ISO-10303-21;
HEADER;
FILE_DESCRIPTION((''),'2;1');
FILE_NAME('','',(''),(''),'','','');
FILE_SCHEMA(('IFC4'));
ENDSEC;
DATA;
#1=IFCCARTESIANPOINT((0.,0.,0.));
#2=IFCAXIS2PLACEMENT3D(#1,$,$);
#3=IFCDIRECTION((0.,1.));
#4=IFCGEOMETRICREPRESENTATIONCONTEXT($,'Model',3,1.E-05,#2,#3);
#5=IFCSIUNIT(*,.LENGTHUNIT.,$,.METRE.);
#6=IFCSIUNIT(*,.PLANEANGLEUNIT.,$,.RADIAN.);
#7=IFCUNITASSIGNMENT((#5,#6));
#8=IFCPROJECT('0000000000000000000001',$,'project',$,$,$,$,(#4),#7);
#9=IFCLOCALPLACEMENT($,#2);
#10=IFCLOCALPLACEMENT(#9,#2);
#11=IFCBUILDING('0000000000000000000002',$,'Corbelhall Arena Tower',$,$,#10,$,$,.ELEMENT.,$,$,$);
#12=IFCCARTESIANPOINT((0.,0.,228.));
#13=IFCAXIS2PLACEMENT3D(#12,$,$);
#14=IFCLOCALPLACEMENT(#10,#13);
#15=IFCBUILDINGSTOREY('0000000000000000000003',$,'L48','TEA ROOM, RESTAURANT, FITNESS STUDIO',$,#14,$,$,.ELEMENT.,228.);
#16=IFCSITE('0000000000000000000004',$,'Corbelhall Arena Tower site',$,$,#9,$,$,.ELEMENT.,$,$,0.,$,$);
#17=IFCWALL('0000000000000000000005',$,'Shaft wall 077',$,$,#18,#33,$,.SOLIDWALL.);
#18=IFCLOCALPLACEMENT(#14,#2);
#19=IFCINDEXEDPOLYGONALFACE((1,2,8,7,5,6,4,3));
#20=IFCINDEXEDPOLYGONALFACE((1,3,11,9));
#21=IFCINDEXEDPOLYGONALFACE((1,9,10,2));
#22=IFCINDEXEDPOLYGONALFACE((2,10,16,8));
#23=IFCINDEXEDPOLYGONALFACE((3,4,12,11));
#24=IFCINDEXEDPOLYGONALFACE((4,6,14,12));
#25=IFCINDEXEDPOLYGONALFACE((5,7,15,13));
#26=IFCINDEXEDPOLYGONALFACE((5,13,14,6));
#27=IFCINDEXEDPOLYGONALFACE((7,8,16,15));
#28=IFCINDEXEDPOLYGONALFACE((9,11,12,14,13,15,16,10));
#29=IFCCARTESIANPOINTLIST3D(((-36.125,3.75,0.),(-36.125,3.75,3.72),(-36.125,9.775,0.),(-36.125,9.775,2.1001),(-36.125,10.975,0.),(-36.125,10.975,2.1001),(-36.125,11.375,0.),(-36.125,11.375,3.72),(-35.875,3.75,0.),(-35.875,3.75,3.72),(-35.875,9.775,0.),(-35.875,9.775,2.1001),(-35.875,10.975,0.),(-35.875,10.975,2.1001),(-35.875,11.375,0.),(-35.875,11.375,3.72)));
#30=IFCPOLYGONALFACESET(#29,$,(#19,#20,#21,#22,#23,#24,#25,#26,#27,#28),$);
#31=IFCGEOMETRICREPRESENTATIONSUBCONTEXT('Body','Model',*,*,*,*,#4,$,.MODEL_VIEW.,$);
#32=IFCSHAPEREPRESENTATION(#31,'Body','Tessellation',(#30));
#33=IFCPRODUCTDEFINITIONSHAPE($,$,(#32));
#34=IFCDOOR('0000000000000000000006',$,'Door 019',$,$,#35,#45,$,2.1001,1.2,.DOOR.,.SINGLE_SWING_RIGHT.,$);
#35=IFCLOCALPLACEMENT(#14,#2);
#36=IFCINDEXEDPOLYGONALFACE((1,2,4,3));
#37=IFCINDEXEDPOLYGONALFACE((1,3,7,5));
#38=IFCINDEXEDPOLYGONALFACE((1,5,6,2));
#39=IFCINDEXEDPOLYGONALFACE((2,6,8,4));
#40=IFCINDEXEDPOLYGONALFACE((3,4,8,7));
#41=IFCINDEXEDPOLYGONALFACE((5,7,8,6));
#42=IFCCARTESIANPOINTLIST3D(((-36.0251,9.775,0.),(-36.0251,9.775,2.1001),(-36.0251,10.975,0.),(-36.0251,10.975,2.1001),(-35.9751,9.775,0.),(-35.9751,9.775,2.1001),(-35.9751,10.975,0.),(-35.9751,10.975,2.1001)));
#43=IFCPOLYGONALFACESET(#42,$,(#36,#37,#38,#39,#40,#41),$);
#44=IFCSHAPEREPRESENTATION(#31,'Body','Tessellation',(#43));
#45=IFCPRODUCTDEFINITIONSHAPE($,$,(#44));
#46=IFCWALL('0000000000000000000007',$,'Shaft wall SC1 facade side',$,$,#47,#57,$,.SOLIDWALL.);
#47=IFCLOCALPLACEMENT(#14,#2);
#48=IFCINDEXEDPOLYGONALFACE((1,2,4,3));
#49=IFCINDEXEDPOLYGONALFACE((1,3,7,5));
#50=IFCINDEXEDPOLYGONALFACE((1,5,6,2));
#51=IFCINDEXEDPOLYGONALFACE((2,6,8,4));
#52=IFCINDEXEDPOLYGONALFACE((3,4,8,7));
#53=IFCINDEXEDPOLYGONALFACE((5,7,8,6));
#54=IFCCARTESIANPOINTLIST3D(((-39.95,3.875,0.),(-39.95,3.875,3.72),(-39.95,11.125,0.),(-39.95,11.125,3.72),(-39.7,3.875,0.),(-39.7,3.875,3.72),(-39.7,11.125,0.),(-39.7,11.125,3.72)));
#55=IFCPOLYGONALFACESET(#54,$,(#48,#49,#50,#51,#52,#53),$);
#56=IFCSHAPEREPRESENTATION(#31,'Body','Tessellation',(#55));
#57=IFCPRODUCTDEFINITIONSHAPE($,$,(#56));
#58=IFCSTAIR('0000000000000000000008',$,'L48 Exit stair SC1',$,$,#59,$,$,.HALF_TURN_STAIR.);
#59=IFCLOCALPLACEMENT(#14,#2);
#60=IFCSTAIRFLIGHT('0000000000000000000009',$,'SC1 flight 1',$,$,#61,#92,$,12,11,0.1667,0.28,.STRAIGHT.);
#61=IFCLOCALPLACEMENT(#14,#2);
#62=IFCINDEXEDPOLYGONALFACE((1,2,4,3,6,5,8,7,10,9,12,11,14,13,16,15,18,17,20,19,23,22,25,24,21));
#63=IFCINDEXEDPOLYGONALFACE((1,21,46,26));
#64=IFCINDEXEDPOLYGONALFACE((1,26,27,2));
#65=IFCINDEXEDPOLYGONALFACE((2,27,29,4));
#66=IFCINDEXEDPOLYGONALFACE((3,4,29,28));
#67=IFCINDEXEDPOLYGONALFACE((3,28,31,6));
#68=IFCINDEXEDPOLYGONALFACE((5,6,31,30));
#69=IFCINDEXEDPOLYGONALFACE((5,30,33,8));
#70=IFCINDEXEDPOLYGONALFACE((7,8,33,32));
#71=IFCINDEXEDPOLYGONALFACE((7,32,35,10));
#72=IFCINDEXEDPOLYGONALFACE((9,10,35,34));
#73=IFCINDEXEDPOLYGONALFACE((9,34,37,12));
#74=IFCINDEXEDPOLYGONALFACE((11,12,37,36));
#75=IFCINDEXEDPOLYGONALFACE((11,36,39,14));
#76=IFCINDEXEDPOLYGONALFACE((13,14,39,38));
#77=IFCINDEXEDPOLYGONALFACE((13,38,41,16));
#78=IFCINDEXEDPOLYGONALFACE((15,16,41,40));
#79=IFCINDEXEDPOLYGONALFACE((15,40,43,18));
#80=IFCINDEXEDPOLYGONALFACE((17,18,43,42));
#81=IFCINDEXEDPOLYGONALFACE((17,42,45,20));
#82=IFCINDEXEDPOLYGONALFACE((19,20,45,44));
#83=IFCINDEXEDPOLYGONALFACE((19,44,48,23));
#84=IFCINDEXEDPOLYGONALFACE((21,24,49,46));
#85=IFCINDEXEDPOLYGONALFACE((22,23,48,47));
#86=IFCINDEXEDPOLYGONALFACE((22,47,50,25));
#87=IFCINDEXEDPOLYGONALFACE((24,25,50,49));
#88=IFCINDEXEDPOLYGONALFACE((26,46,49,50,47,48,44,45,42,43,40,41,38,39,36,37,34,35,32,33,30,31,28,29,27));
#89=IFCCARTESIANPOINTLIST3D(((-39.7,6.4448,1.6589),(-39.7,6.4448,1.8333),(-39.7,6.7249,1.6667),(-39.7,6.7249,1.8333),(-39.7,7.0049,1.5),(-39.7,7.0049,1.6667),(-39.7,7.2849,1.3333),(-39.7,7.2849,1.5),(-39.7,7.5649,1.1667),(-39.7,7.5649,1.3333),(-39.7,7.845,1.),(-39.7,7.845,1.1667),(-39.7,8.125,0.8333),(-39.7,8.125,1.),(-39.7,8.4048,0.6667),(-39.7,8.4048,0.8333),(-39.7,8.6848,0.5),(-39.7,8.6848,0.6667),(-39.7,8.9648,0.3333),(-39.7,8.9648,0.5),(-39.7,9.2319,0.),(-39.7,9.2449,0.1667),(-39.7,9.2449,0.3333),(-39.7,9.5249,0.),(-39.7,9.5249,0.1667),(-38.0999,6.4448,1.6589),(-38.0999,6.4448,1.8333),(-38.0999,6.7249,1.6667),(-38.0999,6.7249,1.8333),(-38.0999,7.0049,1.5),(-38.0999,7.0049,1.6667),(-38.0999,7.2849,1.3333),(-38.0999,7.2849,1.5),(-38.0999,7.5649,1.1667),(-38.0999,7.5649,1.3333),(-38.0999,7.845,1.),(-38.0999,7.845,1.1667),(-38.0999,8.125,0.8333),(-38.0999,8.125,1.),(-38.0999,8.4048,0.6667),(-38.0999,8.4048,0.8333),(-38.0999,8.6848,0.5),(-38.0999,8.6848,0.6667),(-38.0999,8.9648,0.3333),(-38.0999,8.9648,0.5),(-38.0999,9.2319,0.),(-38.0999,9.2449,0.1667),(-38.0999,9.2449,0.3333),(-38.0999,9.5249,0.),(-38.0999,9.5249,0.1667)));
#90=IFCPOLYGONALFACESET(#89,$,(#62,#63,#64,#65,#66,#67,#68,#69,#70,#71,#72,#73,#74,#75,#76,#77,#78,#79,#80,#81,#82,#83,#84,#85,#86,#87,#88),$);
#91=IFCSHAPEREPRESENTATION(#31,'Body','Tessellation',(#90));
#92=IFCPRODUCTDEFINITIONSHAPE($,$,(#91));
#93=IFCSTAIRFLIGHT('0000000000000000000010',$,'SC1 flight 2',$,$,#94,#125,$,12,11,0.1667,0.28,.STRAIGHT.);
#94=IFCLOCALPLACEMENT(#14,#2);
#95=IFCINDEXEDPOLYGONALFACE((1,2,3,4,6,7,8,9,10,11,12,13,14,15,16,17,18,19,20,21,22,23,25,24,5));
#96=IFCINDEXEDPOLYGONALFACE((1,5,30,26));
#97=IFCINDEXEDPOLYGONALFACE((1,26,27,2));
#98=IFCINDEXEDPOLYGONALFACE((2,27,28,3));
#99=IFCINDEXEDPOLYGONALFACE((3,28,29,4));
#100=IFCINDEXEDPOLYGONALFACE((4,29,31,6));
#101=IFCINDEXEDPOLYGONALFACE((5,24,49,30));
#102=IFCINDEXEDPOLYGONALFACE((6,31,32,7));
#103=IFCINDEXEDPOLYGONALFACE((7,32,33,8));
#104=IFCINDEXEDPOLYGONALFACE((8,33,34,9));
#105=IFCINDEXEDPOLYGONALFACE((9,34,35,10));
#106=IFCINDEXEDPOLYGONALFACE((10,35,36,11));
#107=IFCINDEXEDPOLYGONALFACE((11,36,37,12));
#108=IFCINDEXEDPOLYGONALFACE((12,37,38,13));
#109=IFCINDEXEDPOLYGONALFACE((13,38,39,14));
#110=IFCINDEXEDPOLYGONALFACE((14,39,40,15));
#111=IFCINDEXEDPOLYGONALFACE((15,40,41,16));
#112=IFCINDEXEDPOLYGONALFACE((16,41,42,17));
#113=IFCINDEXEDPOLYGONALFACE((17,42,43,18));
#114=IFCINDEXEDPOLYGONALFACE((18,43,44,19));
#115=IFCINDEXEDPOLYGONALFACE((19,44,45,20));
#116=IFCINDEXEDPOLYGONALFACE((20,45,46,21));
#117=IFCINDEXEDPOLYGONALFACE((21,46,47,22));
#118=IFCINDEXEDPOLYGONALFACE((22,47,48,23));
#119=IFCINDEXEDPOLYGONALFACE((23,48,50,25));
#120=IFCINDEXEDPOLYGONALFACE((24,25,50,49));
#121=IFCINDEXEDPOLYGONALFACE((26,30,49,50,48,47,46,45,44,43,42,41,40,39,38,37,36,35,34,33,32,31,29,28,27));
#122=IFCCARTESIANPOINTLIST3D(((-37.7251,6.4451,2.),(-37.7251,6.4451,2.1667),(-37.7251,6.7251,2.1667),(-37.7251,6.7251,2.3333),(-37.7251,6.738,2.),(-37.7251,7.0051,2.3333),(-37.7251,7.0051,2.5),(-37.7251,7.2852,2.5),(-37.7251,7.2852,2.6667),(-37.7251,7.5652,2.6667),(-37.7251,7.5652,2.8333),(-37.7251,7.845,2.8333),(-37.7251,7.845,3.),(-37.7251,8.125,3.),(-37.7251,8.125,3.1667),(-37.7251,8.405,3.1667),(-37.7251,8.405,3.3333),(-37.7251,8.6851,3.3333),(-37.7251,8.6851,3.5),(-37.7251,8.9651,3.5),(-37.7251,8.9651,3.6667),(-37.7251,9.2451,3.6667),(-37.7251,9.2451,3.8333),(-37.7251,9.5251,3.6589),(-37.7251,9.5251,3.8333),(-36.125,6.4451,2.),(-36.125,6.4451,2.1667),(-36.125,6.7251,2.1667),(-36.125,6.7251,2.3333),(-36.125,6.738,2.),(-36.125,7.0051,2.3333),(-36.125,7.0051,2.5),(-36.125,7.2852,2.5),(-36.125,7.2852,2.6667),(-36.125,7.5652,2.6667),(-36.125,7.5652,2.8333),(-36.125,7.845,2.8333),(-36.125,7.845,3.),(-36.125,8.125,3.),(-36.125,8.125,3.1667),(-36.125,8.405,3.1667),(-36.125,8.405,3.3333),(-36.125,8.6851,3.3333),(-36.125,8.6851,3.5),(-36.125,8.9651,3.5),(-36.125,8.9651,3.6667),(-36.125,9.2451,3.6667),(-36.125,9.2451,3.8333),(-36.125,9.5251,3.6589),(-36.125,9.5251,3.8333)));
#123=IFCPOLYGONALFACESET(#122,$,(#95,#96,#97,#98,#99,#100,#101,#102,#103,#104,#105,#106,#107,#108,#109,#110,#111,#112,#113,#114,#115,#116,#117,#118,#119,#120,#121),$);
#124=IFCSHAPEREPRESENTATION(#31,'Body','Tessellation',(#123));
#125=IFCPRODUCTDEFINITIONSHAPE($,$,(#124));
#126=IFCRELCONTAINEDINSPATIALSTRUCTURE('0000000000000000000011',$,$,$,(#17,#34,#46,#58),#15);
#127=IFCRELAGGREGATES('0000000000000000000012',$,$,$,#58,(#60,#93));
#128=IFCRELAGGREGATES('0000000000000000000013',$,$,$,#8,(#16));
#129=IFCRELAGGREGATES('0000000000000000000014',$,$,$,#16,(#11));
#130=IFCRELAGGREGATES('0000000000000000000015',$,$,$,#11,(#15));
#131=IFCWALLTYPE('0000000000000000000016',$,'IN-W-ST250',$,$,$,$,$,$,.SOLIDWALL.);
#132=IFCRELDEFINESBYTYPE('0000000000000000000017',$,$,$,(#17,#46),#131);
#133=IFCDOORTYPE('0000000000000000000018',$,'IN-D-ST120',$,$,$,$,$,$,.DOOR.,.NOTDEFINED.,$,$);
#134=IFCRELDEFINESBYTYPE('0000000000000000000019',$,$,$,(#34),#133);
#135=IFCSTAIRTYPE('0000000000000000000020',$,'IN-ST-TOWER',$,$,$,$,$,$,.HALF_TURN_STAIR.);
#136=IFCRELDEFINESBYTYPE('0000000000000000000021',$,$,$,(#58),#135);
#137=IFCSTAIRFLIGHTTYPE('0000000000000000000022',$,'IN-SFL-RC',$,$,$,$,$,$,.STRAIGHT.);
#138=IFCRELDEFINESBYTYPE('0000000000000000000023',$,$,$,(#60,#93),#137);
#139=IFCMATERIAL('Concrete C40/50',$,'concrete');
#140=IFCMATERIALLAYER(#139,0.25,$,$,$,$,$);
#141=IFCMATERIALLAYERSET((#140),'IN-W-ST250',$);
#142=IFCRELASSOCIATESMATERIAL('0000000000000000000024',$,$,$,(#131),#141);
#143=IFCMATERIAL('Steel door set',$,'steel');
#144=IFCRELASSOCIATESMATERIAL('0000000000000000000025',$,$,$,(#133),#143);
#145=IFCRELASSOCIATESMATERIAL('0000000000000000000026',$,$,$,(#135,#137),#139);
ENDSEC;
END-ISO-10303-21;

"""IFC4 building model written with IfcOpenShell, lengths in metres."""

from ifc_helpers import new_model, si_unit, direction, frame, frame_2d, origin, place, context, subcontext, project, spatial, polyline, rectangle, outline, extrude, material, layer, layer_set, type_object, element, fill, aggregate, save


model = new_model("IFC4")

# Units and contexts
model_context = context("Model", 3, precision=1e-05, world=origin(), true_north=direction((0.0, 1.0)))
body_context = subcontext(model_context, "Body", "Model", "MODEL_VIEW")
ifc_project = project(units=[si_unit("LENGTHUNIT", "METRE"), si_unit("PLANEANGLEUNIT", "RADIAN")], contexts=[model_context])

# Site, building, storey
site_placement = place(None, origin())
site = spatial("IfcSite", under=ifc_project, at=site_placement, Name="Corbelhall Arena Tower site", CompositionType="ELEMENT", RefElevation=0.0)
building_placement = place(site_placement, origin())
building = spatial("IfcBuilding", under=site, at=building_placement, Name="Corbelhall Arena Tower", CompositionType="ELEMENT")
storey_placement = place(building_placement, frame((0.0, 0.0, 228.0)))
storey = spatial("IfcBuildingStorey", under=building, at=storey_placement, Name="L48", Description="TEA ROOM, RESTAURANT, FITNESS STUDIO", CompositionType="ELEMENT", Elevation=228.0)

# Shared definitions
ifc_material_1 = material(Name="Steel door set", Category="steel")

# Shared definitions
ifc_material_2 = material(Name="Concrete C40/50", Category="concrete")
ifc_layer_1 = layer(ifc_material_2, 0.25)
ifc_layer_set_1 = layer_set([ifc_layer_1], Name="IN-W-ST250")
wall_type_1 = type_object("IfcWallType", Name="IN-W-ST250", PredefinedType="SOLIDWALL", material=ifc_layer_set_1)

# Wall, opening, door
wall_1_placement = place(storey_placement, frame((-36.0, 11.375, 0.0), z_axis=(0.0, 0.0, 1.0), x_axis=(0.0, -1.0, 0.0)))
wall_1 = element("IfcWall", 1, at=wall_1_placement, inside=storey, type_object=wall_type_1, Name="Shaft wall 077", PredefinedType="SOLIDWALL", context=body_context, shape_type="SweptSolid", body=[
    extrude(rectangle(XDim=7.625, YDim=0.25, at=frame_2d((3.8125, 0.0))), origin(), (0.0, 0.0, 1.0), 3.72),
])
opening_1_placement = place(wall_1_placement, frame((0.3999, 0.0, 0.0)))
opening_1 = element("IfcOpeningElement", 2, at=opening_1_placement, cuts=wall_1, PredefinedType="OPENING", context=body_context, shape_type="SweptSolid", body=[
    extrude(rectangle(XDim=1.2, YDim=2.1001, at=frame_2d((0.6001, 1.05))), frame((0.0, 0.125, 0.0), z_axis=(0.0, -1.0, 0.0), x_axis=(1.0, 0.0, 0.0)), (0.0, 0.0, 1.0), 0.25),
])
door_type_1 = type_object("IfcDoorType", Name="IN-D-ST120", OperationType="NOTDEFINED", PredefinedType="DOOR", material=ifc_material_1)
door_1_placement = place(opening_1_placement, origin())
door_1 = element("IfcDoor", 3, at=door_1_placement, inside=storey, type_object=door_type_1, Name="Door 019", OperationType="SINGLE_SWING_RIGHT", OverallHeight=2.1001, OverallWidth=1.2, PredefinedType="DOOR", context=body_context, shape_type="SweptSolid", body=[
    extrude(rectangle(XDim=1.2, YDim=2.1001, at=frame_2d((0.6001, 1.05))), frame((0.0, 0.0249, 0.0), z_axis=(0.0, -1.0, 0.0), x_axis=(1.0, 0.0, 0.0)), (0.0, 0.0, 1.0), 0.05),
])
fill(opening_1, door_1)

# Wall
wall_2_placement = place(storey_placement, frame((-39.825, 3.875, 0.0), z_axis=(0.0, 0.0, 1.0), x_axis=(0.0, 1.0, 0.0)))
element("IfcWall", 4, at=wall_2_placement, inside=storey, type_object=wall_type_1, Name="Shaft wall SC1 facade side", PredefinedType="SOLIDWALL", context=body_context, shape_type="SweptSolid", body=[
    extrude(rectangle(XDim=7.25, YDim=0.25, at=frame_2d((3.625, 0.0))), origin(), (0.0, 0.0, 1.0), 3.72),
])

# Stair, stair flights
stair_type = type_object("IfcStairType", Name="IN-ST-TOWER", PredefinedType="HALF_TURN_STAIR", material=ifc_material_2)
stair_placement = place(storey_placement, origin())
stair = element("IfcStair", 5, at=stair_placement, inside=storey, type_object=stair_type, Name="L48 Exit stair SC1", PredefinedType="HALF_TURN_STAIR")
stair_flight_type = type_object("IfcStairFlightType", Name="IN-SFL-RC", PredefinedType="STRAIGHT", material=ifc_material_2)
stair_flight_1_placement = place(storey_placement, frame((-38.8999, 9.5249, 0.0), z_axis=(0.0, 0.0, 1.0), x_axis=(0.0, -1.0, 0.0)))
stair_flight_1 = element("IfcStairFlight", 6, at=stair_flight_1_placement, type_object=stair_flight_type, Name="SC1 flight 1", NumberOfRisers=12, NumberOfTreads=11, PredefinedType="STRAIGHT", RiserHeight=0.1667, TreadLength=0.28, context=body_context, shape_type="SweptSolid", body=[
    extrude(outline(polyline([(0.0, 0.0), (0.0, 0.1667), (0.28, 0.1667), (0.28, 0.3333), (0.5601, 0.3333), (0.5601, 0.5), (0.8401, 0.5), (0.8401, 0.6667), (1.1201, 0.6667), (1.1201, 0.8333), (1.3999, 0.8333), (1.3999, 1.0), (1.6799, 1.0), (1.6799, 1.1667), (1.96, 1.1667), (1.96, 1.3333), (2.24, 1.3333), (2.24, 1.5), (2.52, 1.5), (2.52, 1.6667), (2.8, 1.6667), (2.8, 1.8333), (3.0801, 1.8333), (3.0801, 2.0), (3.0801, 1.6589), (0.293, 0.0), (0.0, 0.0)])), frame((0.0, 0.8, 0.0), z_axis=(0.0, -1.0, 0.0), x_axis=(1.0, 0.0, 0.0)), (0.0, 0.0, 1.0), 1.6001),
])
stair_flight_2_placement = place(storey_placement, frame((-36.925, 6.4451, 2.0), z_axis=(0.0, 0.0, 1.0), x_axis=(0.0, 1.0, 0.0)))
stair_flight_2 = element("IfcStairFlight", 7, at=stair_flight_2_placement, type_object=stair_flight_type, Name="SC1 flight 2", NumberOfRisers=12, NumberOfTreads=11, PredefinedType="STRAIGHT", RiserHeight=0.1667, TreadLength=0.28, context=body_context, shape_type="SweptSolid", body=[
    extrude(outline(polyline([(0.0, 0.0), (0.0, 0.1667), (0.28, 0.1667), (0.28, 0.3333), (0.5601, 0.3333), (0.5601, 0.5), (0.8401, 0.5), (0.8401, 0.6667), (1.1201, 0.6667), (1.1201, 0.8333), (1.3999, 0.8333), (1.3999, 1.0), (1.6799, 1.0), (1.6799, 1.1667), (1.96, 1.1667), (1.96, 1.3333), (2.24, 1.3333), (2.24, 1.5), (2.52, 1.5), (2.52, 1.6667), (2.8, 1.6667), (2.8, 1.8333), (3.0801, 1.8333), (3.0801, 2.0), (3.0801, 1.6589), (0.293, 0.0), (0.0, 0.0)])), frame((0.0, 0.8, 0.0), z_axis=(0.0, -1.0, 0.0), x_axis=(1.0, 0.0, 0.0)), (0.0, 0.0, 1.0), 1.6001),
])
aggregate(stair, [stair_flight_1, stair_flight_2])

save(model, "model.ifc")
